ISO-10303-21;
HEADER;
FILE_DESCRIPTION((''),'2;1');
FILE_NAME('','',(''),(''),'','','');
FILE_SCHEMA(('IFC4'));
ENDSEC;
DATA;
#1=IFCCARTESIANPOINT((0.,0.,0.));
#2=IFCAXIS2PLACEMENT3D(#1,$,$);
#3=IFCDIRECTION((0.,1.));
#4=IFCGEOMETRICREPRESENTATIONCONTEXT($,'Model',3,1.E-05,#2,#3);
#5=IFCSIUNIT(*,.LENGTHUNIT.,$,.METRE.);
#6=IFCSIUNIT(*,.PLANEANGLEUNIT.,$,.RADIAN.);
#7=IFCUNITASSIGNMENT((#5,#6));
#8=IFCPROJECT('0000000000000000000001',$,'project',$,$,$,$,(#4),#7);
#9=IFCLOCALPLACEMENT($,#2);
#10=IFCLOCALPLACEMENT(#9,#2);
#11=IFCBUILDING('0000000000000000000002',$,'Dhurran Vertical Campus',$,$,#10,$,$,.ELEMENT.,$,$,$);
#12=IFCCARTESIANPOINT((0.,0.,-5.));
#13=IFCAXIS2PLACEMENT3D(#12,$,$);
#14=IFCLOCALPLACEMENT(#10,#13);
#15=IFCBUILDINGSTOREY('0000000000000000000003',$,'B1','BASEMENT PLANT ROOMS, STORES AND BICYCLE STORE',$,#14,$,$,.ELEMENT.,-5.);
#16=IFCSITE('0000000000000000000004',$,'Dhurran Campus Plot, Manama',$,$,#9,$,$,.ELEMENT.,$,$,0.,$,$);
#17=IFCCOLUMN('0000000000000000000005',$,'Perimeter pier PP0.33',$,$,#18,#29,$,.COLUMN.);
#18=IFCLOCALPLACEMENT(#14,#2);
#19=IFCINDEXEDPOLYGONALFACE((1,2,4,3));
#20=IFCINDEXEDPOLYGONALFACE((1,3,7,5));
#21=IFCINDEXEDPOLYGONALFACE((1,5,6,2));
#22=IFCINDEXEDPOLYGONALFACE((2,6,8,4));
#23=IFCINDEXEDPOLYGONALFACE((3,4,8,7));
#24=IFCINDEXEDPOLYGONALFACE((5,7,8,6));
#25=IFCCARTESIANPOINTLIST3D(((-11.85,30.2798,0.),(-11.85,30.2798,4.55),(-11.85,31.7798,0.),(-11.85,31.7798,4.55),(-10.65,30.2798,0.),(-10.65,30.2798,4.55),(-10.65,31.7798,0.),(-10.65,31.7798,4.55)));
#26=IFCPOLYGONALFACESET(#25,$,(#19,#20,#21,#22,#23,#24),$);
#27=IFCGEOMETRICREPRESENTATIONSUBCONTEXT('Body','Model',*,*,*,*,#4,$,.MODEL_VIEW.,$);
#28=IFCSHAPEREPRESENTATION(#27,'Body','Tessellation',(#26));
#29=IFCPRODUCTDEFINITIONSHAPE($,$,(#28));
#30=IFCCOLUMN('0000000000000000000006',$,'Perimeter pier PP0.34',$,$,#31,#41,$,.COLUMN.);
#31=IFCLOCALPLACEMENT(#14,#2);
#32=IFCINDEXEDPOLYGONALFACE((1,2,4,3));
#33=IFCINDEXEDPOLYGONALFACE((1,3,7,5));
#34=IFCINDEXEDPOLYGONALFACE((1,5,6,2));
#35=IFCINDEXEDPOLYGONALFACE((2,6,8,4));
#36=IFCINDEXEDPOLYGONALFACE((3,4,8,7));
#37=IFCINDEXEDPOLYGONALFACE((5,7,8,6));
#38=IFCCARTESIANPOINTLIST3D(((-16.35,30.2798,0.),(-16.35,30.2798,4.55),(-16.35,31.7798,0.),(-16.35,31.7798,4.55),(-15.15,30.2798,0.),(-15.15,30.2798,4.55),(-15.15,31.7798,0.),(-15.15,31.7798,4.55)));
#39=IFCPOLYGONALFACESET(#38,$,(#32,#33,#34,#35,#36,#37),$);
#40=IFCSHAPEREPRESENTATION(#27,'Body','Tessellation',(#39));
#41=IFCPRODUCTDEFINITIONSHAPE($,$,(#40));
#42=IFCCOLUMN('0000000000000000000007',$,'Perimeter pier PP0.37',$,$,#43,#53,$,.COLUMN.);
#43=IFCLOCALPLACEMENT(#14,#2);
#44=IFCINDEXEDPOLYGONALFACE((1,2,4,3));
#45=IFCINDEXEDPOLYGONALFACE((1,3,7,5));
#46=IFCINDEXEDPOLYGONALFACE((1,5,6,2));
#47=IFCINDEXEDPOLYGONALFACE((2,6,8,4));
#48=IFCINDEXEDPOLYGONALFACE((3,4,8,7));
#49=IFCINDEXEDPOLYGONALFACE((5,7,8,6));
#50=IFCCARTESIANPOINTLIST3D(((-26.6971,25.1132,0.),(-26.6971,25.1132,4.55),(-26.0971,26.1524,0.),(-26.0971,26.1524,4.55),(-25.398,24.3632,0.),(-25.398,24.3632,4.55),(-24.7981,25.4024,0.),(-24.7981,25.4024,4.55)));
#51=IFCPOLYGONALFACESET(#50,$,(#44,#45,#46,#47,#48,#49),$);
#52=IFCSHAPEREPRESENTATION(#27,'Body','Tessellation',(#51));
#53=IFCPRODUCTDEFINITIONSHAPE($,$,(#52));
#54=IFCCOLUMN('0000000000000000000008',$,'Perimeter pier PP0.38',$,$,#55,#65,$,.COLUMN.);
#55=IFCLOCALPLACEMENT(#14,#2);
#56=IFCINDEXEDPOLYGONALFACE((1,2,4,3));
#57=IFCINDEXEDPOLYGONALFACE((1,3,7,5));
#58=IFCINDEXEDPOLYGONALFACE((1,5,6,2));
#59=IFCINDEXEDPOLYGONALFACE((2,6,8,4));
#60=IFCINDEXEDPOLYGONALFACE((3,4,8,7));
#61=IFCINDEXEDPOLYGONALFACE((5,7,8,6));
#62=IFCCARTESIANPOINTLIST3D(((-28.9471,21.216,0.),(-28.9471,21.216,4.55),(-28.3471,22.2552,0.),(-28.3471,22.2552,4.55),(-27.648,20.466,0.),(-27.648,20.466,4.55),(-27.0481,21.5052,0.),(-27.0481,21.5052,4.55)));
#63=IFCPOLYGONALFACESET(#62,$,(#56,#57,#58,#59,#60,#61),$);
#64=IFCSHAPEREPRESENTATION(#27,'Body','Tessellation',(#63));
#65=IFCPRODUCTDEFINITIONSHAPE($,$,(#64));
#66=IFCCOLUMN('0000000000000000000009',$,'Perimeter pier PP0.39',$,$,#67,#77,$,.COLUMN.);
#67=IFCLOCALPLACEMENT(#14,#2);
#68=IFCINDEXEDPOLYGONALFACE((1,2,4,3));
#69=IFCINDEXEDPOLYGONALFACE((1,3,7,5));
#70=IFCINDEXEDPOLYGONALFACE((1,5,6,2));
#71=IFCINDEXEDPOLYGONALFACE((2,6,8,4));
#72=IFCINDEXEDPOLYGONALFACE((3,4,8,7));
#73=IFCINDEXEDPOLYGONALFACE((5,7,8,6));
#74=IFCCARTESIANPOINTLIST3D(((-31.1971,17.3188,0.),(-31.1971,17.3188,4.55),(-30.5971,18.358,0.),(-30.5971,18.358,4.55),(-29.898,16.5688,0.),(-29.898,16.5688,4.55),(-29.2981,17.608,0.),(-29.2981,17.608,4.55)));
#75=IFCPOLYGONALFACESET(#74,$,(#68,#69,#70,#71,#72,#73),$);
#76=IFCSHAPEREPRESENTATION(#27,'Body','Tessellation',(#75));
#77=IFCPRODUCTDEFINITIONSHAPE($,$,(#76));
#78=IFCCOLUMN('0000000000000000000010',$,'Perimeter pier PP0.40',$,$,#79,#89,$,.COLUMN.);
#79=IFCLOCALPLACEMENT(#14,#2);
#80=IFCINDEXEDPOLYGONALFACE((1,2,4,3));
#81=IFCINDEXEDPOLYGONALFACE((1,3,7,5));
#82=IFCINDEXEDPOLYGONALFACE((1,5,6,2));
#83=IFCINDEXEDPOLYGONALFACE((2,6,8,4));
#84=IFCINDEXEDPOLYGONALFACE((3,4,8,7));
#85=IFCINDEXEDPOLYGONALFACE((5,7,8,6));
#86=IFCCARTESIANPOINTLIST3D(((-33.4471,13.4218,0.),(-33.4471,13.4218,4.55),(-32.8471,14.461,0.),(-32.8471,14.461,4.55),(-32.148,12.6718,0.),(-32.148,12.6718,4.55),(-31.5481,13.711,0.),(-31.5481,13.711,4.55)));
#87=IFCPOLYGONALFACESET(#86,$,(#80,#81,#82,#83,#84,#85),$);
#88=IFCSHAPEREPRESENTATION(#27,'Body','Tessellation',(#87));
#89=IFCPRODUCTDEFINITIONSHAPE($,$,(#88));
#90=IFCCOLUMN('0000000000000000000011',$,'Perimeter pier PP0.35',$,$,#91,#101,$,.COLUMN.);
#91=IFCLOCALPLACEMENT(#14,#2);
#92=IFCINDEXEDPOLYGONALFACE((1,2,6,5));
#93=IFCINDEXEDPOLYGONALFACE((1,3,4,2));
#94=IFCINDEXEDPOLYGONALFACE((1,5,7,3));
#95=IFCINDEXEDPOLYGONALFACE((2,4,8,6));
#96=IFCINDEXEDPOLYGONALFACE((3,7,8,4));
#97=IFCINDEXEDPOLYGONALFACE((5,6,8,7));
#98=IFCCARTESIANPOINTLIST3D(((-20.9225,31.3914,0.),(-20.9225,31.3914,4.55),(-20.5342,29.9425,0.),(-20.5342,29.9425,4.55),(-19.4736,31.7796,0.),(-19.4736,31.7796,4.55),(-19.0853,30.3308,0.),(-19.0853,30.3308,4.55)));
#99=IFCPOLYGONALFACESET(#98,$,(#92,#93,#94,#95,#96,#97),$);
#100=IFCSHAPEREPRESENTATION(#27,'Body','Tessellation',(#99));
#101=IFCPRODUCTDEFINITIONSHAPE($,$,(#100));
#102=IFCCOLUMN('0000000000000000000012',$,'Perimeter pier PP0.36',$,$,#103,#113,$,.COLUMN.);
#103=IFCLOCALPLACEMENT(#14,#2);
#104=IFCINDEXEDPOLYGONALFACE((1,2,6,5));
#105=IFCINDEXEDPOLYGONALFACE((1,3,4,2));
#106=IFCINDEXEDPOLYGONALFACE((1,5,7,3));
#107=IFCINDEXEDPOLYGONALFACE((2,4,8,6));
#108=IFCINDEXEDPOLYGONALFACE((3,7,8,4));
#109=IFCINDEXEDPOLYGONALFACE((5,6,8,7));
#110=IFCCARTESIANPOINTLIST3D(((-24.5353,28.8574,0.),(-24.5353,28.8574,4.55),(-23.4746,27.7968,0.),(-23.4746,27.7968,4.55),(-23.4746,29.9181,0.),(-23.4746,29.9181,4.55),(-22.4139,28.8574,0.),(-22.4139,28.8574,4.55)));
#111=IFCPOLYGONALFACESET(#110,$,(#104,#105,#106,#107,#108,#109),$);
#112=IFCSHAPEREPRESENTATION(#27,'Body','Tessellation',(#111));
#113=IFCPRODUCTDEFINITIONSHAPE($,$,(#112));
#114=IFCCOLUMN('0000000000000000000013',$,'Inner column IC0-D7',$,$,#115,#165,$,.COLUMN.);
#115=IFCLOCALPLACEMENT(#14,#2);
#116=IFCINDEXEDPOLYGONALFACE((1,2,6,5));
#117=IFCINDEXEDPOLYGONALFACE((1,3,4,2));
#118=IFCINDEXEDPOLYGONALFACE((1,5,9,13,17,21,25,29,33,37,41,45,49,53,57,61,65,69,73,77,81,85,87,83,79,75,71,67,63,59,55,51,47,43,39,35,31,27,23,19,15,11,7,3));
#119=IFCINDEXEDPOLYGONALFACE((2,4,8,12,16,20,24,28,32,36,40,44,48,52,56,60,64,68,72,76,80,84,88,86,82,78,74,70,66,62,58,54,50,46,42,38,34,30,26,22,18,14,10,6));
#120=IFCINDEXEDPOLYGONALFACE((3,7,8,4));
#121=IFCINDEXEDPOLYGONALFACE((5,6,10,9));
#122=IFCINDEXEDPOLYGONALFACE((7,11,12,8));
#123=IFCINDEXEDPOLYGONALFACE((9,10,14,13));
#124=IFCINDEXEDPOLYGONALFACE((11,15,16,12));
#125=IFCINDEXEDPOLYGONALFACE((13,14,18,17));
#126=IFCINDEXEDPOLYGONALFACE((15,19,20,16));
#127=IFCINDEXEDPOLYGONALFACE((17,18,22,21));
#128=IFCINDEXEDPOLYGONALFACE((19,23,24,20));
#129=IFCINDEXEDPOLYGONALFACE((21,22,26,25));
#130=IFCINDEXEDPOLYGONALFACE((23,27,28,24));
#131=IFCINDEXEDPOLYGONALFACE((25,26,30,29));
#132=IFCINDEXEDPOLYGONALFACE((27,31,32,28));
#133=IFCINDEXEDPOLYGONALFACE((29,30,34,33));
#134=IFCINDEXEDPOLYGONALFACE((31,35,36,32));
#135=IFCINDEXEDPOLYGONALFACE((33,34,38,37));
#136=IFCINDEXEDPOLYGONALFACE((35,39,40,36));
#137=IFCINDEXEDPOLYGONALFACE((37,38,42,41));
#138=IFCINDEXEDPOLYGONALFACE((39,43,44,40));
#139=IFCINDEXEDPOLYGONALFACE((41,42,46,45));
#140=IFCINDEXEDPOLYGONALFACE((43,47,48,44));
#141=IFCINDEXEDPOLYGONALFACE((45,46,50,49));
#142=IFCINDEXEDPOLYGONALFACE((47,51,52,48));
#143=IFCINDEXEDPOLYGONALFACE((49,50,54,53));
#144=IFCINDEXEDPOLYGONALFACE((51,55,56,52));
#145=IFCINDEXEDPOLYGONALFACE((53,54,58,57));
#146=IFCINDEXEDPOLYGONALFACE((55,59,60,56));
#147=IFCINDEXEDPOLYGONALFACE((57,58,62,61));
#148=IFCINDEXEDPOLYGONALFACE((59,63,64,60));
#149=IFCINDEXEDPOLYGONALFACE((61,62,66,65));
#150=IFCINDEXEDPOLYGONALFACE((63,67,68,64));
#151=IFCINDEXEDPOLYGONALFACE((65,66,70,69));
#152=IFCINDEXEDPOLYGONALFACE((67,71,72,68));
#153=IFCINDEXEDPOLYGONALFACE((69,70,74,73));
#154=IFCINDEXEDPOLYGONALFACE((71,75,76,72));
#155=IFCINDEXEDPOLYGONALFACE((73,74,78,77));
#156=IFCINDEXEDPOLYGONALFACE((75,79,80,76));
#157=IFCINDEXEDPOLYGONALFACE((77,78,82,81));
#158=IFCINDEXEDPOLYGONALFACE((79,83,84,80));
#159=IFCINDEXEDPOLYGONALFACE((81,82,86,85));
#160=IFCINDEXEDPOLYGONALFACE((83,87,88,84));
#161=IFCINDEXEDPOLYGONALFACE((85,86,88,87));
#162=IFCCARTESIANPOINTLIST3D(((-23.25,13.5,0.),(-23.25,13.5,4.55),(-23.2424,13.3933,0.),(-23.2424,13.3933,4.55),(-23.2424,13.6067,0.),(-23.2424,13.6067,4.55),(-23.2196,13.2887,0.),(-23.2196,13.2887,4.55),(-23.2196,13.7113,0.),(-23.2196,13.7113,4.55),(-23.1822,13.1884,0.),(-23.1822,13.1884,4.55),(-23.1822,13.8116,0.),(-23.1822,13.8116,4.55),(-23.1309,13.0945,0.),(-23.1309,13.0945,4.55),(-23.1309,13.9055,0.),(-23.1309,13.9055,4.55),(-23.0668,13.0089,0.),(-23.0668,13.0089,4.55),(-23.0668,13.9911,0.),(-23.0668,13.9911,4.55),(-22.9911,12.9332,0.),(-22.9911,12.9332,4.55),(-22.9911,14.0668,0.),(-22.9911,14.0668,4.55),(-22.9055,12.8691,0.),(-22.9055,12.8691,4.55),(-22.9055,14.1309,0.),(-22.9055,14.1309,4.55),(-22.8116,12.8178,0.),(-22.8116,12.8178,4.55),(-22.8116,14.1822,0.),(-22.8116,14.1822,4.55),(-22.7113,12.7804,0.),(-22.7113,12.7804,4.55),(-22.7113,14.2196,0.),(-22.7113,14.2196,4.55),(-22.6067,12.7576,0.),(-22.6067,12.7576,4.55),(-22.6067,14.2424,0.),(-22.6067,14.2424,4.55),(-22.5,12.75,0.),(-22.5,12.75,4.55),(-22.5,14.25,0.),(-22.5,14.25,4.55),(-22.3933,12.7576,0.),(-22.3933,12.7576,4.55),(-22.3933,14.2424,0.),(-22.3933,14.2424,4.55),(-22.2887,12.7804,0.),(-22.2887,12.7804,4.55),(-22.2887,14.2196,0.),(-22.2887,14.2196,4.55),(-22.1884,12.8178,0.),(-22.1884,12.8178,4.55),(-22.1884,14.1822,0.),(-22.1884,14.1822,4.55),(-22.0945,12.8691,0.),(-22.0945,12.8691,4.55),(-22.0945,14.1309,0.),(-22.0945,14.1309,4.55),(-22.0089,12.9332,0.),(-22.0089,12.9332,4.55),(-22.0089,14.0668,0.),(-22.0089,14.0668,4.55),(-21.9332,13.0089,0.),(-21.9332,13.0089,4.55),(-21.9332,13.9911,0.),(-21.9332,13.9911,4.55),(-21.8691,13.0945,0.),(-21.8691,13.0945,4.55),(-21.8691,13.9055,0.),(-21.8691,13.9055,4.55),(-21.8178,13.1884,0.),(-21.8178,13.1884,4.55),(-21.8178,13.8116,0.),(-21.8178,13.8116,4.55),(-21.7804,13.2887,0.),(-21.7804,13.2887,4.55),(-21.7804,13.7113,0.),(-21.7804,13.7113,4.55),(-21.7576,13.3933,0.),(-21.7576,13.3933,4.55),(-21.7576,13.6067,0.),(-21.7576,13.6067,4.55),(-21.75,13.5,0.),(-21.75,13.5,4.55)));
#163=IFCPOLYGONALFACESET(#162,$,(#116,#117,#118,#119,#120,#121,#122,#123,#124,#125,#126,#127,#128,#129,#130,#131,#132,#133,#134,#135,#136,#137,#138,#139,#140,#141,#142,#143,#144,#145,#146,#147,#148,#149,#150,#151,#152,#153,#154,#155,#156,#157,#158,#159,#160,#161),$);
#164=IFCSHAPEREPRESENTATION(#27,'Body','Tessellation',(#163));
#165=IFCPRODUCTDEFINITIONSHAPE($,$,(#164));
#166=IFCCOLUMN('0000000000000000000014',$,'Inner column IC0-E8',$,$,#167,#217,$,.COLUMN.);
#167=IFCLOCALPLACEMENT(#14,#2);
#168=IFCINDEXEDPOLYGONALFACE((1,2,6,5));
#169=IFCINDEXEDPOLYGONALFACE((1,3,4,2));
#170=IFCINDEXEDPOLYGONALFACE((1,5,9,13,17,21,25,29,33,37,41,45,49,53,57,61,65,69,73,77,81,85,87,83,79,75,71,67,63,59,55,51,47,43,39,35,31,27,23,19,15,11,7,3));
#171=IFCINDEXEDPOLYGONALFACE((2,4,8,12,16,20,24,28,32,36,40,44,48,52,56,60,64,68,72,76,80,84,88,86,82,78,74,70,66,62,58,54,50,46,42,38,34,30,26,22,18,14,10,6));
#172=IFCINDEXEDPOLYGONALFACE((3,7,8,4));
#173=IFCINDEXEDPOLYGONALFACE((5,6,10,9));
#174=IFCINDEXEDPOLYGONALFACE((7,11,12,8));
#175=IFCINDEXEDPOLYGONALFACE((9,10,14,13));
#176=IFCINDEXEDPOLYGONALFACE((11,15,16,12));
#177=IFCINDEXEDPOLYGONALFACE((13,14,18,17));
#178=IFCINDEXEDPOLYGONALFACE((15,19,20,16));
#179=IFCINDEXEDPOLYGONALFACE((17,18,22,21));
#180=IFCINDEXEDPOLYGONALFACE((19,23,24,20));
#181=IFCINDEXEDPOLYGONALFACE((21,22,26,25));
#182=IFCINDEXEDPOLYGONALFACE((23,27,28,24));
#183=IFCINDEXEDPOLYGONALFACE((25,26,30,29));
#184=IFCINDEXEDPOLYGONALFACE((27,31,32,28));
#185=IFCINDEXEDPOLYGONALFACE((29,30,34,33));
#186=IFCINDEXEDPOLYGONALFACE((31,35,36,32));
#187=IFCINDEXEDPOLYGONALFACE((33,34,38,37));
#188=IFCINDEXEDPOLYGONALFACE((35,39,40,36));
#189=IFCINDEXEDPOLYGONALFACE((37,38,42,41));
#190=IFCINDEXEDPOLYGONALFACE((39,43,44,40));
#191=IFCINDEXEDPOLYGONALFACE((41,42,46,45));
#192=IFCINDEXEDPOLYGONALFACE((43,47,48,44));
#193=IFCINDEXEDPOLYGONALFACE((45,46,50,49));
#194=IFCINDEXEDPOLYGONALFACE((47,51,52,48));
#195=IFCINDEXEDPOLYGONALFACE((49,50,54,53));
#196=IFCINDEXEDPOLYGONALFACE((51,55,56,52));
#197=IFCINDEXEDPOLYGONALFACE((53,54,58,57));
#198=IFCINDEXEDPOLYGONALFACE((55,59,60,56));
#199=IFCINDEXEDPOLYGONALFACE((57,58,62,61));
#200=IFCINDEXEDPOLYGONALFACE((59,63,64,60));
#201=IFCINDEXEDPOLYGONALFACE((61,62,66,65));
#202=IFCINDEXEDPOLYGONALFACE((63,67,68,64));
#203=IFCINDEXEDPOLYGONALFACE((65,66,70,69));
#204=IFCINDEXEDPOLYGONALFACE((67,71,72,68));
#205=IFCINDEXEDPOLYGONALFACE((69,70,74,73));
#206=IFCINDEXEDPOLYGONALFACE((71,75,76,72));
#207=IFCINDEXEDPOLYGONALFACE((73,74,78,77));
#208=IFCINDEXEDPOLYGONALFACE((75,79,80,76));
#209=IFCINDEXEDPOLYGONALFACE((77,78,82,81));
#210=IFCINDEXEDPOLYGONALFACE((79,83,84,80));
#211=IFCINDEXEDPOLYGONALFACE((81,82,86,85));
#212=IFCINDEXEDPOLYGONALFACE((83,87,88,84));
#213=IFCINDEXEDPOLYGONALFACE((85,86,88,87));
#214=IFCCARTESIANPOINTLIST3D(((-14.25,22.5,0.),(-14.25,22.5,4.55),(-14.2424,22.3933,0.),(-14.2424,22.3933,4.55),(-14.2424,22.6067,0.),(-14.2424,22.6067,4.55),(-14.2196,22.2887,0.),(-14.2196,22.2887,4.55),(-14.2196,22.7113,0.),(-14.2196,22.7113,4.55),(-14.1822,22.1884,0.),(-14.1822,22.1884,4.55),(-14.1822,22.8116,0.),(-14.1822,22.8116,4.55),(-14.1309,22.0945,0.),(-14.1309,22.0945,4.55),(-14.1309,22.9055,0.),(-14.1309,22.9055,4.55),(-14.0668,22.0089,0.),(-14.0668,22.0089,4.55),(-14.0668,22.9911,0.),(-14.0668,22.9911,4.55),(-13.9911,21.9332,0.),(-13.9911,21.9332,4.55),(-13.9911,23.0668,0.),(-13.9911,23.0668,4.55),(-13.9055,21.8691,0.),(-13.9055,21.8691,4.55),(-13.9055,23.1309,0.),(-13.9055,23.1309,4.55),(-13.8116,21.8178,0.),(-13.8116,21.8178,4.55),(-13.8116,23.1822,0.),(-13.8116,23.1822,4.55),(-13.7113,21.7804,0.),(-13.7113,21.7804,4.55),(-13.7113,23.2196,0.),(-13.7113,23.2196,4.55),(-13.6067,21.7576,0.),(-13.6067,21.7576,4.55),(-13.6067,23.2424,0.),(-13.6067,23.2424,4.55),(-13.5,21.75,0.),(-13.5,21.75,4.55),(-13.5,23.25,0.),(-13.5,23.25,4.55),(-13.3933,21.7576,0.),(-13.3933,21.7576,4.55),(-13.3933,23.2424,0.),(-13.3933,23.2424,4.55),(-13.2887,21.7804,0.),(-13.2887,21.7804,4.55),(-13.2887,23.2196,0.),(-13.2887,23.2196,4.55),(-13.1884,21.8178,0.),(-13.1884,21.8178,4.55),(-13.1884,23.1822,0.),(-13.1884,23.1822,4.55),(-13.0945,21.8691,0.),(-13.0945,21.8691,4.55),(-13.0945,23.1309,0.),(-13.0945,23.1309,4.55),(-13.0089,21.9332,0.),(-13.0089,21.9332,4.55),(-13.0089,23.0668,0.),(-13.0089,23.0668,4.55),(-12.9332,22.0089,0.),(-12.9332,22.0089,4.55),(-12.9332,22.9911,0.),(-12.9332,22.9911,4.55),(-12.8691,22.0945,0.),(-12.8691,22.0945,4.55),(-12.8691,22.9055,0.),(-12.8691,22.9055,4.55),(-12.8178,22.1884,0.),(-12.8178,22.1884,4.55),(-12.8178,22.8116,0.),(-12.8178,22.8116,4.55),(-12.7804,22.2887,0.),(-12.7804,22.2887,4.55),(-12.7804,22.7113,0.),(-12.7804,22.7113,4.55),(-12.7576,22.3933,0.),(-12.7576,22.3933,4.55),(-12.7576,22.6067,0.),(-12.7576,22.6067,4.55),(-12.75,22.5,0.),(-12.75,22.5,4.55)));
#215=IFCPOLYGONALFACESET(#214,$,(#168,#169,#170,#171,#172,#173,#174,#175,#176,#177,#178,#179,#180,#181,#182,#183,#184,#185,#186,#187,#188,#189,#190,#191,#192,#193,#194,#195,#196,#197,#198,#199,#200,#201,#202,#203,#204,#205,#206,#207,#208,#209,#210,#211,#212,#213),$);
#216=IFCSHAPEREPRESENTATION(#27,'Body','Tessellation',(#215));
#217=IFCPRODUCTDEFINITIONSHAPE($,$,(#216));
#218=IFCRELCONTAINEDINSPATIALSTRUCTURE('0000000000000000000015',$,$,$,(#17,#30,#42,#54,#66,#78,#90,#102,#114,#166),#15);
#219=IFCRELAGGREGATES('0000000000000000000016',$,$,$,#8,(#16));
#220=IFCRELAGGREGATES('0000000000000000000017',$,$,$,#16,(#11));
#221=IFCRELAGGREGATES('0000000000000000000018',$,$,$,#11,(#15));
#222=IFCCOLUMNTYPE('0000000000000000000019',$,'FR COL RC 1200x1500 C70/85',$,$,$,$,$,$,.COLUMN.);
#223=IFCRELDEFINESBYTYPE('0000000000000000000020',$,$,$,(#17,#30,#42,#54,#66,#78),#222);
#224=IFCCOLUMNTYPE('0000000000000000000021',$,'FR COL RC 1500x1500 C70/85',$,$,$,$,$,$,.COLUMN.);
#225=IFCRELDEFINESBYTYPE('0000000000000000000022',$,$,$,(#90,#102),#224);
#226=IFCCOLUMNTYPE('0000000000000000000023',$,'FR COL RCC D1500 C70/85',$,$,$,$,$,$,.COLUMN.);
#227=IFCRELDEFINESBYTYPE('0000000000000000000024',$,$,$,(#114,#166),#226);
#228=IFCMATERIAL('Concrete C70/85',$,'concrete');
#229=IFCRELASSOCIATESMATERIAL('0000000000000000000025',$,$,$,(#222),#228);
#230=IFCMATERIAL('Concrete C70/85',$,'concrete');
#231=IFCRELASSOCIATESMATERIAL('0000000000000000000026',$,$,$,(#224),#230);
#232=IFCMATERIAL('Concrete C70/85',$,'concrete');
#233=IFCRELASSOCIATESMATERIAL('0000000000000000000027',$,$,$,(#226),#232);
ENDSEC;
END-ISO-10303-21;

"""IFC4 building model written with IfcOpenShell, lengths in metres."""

from ifc_helpers import new_model, si_unit, direction, frame, origin, origin_2d, place, context, subcontext, project, spatial, rectangle, circle, extrude, material, material_profile, profile_set, type_object, element, save


model = new_model("IFC4")

# Units and contexts
model_context = context("Model", 3, precision=1e-05, world=origin(), true_north=direction((0.0, 1.0)))
body_context = subcontext(model_context, "Body", "Model", "MODEL_VIEW")
ifc_project = project(units=[si_unit("LENGTHUNIT", "METRE"), si_unit("PLANEANGLEUNIT", "RADIAN")], contexts=[model_context])

# Site, building, storey
site_placement = place(None, origin())
site = spatial("IfcSite", under=ifc_project, at=site_placement, Name="Dhurran Campus Plot, Manama", CompositionType="ELEMENT", RefElevation=0.0)
building_placement = place(site_placement, origin())
building = spatial("IfcBuilding", under=site, at=building_placement, Name="Dhurran Vertical Campus", CompositionType="ELEMENT")
storey_placement = place(building_placement, frame((0.0, 0.0, -5.0)))
storey = spatial("IfcBuildingStorey", under=building, at=storey_placement, Name="B1", Description="BASEMENT PLANT ROOMS, STORES AND BICYCLE STORE", CompositionType="ELEMENT", Elevation=-5.0)

# Columns
ifc_material_1 = material(Name="Concrete C70/85", Category="concrete")
ifc_material_profile_1 = material_profile(ifc_material_1, rectangle(XDim=1.2, YDim=1.5, at=origin_2d()), Name="RC 1200x1500")
ifc_profile_set_1 = profile_set([ifc_material_profile_1], Name="Concrete C70/85")
column_type_1 = type_object("IfcColumnType", Name="FR COL RC 1200x1500 C70/85", PredefinedType="COLUMN", material=ifc_profile_set_1)
for number, where, z_axis, x_axis, name in (
    (1, (-11.25, 31.0298, 0.0), (0.0, 0.0, 1.0), (-1.0, 0.0, 0.0), "Perimeter pier PP0.33"),
    (2, (-15.75, 31.0298, 0.0), (0.0, 0.0, 1.0), (-1.0, 0.0, 0.0), "Perimeter pier PP0.34"),
    (3, (-25.7476, 25.2578, 0.0), (0.0, 0.0, 1.0), (-0.5, -0.866025, 0.0), "Perimeter pier PP0.37"),
    (4, (-27.9976, 21.3606, 0.0), (0.0, 0.0, 1.0), (-0.5, -0.866025, 0.0), "Perimeter pier PP0.38"),
    (5, (-30.2476, 17.4634, 0.0), (0.0, 0.0, 1.0), (-0.5, -0.866025, 0.0), "Perimeter pier PP0.39"),
    (6, (-32.4976, 13.5664, 0.0), (0.0, 0.0, 1.0), (-0.5, -0.866025, 0.0), "Perimeter pier PP0.40"),
):
    element("IfcColumn", number, at=place(storey_placement, frame(where, z_axis=z_axis, x_axis=x_axis)), inside=storey, type_object=column_type_1, Name=name, PredefinedType="COLUMN", context=body_context, shape_type="SweptSolid", body=[
        extrude(rectangle(XDim=1.2, YDim=1.5, at=origin_2d()), origin(), (0.0, 0.0, 1.0), 4.55),
    ])
ifc_material_2 = material(Name="Concrete C70/85", Category="concrete")
ifc_material_profile_2 = material_profile(ifc_material_2, rectangle(XDim=1.5, YDim=1.5, at=origin_2d()), Name="RC 1500x1500")
ifc_profile_set_2 = profile_set([ifc_material_profile_2], Name="Concrete C70/85")
column_type_2 = type_object("IfcColumnType", Name="FR COL RC 1500x1500 C70/85", PredefinedType="COLUMN", material=ifc_profile_set_2)
for number, where, z_axis, x_axis, name in (
    (7, (-20.0039, 30.8611, 0.0), (0.0, 0.0, 1.0), (-0.965926, -0.258819, 0.0), "Perimeter pier PP0.35"),
    (8, (-23.4746, 28.8574, 0.0), (0.0, 0.0, 1.0), (-0.707107, -0.707107, 0.0), "Perimeter pier PP0.36"),
):
    element("IfcColumn", number, at=place(storey_placement, frame(where, z_axis=z_axis, x_axis=x_axis)), inside=storey, type_object=column_type_2, Name=name, PredefinedType="COLUMN", context=body_context, shape_type="SweptSolid", body=[
        extrude(rectangle(XDim=1.5, YDim=1.5, at=origin_2d()), origin(), (0.0, 0.0, 1.0), 4.55),
    ])
ifc_material_3 = material(Name="Concrete C70/85", Category="concrete")
ifc_material_profile_3 = material_profile(ifc_material_3, circle(Radius=0.75, at=origin_2d()), Name="RCC D1500")
ifc_profile_set_3 = profile_set([ifc_material_profile_3], Name="Concrete C70/85")
column_type_3 = type_object("IfcColumnType", Name="FR COL RCC D1500 C70/85", PredefinedType="COLUMN", material=ifc_profile_set_3)
for number, where, z_axis, x_axis, name in (
    (9, (-22.5, 13.5, 0.0), (0.0, 0.0, 1.0), (1.0, 0.0, 0.0), "Inner column IC0-D7"),
    (10, (-13.5, 22.5, 0.0), (0.0, 0.0, 1.0), (1.0, 0.0, 0.0), "Inner column IC0-E8"),
):
    element("IfcColumn", number, at=place(storey_placement, frame(where, z_axis=z_axis, x_axis=x_axis)), inside=storey, type_object=column_type_3, Name=name, PredefinedType="COLUMN", context=body_context, shape_type="SweptSolid", body=[
        extrude(circle(Radius=0.75, at=origin_2d()), origin(), (0.0, 0.0, 1.0), 4.55),
    ])

save(model, "model.ifc")
